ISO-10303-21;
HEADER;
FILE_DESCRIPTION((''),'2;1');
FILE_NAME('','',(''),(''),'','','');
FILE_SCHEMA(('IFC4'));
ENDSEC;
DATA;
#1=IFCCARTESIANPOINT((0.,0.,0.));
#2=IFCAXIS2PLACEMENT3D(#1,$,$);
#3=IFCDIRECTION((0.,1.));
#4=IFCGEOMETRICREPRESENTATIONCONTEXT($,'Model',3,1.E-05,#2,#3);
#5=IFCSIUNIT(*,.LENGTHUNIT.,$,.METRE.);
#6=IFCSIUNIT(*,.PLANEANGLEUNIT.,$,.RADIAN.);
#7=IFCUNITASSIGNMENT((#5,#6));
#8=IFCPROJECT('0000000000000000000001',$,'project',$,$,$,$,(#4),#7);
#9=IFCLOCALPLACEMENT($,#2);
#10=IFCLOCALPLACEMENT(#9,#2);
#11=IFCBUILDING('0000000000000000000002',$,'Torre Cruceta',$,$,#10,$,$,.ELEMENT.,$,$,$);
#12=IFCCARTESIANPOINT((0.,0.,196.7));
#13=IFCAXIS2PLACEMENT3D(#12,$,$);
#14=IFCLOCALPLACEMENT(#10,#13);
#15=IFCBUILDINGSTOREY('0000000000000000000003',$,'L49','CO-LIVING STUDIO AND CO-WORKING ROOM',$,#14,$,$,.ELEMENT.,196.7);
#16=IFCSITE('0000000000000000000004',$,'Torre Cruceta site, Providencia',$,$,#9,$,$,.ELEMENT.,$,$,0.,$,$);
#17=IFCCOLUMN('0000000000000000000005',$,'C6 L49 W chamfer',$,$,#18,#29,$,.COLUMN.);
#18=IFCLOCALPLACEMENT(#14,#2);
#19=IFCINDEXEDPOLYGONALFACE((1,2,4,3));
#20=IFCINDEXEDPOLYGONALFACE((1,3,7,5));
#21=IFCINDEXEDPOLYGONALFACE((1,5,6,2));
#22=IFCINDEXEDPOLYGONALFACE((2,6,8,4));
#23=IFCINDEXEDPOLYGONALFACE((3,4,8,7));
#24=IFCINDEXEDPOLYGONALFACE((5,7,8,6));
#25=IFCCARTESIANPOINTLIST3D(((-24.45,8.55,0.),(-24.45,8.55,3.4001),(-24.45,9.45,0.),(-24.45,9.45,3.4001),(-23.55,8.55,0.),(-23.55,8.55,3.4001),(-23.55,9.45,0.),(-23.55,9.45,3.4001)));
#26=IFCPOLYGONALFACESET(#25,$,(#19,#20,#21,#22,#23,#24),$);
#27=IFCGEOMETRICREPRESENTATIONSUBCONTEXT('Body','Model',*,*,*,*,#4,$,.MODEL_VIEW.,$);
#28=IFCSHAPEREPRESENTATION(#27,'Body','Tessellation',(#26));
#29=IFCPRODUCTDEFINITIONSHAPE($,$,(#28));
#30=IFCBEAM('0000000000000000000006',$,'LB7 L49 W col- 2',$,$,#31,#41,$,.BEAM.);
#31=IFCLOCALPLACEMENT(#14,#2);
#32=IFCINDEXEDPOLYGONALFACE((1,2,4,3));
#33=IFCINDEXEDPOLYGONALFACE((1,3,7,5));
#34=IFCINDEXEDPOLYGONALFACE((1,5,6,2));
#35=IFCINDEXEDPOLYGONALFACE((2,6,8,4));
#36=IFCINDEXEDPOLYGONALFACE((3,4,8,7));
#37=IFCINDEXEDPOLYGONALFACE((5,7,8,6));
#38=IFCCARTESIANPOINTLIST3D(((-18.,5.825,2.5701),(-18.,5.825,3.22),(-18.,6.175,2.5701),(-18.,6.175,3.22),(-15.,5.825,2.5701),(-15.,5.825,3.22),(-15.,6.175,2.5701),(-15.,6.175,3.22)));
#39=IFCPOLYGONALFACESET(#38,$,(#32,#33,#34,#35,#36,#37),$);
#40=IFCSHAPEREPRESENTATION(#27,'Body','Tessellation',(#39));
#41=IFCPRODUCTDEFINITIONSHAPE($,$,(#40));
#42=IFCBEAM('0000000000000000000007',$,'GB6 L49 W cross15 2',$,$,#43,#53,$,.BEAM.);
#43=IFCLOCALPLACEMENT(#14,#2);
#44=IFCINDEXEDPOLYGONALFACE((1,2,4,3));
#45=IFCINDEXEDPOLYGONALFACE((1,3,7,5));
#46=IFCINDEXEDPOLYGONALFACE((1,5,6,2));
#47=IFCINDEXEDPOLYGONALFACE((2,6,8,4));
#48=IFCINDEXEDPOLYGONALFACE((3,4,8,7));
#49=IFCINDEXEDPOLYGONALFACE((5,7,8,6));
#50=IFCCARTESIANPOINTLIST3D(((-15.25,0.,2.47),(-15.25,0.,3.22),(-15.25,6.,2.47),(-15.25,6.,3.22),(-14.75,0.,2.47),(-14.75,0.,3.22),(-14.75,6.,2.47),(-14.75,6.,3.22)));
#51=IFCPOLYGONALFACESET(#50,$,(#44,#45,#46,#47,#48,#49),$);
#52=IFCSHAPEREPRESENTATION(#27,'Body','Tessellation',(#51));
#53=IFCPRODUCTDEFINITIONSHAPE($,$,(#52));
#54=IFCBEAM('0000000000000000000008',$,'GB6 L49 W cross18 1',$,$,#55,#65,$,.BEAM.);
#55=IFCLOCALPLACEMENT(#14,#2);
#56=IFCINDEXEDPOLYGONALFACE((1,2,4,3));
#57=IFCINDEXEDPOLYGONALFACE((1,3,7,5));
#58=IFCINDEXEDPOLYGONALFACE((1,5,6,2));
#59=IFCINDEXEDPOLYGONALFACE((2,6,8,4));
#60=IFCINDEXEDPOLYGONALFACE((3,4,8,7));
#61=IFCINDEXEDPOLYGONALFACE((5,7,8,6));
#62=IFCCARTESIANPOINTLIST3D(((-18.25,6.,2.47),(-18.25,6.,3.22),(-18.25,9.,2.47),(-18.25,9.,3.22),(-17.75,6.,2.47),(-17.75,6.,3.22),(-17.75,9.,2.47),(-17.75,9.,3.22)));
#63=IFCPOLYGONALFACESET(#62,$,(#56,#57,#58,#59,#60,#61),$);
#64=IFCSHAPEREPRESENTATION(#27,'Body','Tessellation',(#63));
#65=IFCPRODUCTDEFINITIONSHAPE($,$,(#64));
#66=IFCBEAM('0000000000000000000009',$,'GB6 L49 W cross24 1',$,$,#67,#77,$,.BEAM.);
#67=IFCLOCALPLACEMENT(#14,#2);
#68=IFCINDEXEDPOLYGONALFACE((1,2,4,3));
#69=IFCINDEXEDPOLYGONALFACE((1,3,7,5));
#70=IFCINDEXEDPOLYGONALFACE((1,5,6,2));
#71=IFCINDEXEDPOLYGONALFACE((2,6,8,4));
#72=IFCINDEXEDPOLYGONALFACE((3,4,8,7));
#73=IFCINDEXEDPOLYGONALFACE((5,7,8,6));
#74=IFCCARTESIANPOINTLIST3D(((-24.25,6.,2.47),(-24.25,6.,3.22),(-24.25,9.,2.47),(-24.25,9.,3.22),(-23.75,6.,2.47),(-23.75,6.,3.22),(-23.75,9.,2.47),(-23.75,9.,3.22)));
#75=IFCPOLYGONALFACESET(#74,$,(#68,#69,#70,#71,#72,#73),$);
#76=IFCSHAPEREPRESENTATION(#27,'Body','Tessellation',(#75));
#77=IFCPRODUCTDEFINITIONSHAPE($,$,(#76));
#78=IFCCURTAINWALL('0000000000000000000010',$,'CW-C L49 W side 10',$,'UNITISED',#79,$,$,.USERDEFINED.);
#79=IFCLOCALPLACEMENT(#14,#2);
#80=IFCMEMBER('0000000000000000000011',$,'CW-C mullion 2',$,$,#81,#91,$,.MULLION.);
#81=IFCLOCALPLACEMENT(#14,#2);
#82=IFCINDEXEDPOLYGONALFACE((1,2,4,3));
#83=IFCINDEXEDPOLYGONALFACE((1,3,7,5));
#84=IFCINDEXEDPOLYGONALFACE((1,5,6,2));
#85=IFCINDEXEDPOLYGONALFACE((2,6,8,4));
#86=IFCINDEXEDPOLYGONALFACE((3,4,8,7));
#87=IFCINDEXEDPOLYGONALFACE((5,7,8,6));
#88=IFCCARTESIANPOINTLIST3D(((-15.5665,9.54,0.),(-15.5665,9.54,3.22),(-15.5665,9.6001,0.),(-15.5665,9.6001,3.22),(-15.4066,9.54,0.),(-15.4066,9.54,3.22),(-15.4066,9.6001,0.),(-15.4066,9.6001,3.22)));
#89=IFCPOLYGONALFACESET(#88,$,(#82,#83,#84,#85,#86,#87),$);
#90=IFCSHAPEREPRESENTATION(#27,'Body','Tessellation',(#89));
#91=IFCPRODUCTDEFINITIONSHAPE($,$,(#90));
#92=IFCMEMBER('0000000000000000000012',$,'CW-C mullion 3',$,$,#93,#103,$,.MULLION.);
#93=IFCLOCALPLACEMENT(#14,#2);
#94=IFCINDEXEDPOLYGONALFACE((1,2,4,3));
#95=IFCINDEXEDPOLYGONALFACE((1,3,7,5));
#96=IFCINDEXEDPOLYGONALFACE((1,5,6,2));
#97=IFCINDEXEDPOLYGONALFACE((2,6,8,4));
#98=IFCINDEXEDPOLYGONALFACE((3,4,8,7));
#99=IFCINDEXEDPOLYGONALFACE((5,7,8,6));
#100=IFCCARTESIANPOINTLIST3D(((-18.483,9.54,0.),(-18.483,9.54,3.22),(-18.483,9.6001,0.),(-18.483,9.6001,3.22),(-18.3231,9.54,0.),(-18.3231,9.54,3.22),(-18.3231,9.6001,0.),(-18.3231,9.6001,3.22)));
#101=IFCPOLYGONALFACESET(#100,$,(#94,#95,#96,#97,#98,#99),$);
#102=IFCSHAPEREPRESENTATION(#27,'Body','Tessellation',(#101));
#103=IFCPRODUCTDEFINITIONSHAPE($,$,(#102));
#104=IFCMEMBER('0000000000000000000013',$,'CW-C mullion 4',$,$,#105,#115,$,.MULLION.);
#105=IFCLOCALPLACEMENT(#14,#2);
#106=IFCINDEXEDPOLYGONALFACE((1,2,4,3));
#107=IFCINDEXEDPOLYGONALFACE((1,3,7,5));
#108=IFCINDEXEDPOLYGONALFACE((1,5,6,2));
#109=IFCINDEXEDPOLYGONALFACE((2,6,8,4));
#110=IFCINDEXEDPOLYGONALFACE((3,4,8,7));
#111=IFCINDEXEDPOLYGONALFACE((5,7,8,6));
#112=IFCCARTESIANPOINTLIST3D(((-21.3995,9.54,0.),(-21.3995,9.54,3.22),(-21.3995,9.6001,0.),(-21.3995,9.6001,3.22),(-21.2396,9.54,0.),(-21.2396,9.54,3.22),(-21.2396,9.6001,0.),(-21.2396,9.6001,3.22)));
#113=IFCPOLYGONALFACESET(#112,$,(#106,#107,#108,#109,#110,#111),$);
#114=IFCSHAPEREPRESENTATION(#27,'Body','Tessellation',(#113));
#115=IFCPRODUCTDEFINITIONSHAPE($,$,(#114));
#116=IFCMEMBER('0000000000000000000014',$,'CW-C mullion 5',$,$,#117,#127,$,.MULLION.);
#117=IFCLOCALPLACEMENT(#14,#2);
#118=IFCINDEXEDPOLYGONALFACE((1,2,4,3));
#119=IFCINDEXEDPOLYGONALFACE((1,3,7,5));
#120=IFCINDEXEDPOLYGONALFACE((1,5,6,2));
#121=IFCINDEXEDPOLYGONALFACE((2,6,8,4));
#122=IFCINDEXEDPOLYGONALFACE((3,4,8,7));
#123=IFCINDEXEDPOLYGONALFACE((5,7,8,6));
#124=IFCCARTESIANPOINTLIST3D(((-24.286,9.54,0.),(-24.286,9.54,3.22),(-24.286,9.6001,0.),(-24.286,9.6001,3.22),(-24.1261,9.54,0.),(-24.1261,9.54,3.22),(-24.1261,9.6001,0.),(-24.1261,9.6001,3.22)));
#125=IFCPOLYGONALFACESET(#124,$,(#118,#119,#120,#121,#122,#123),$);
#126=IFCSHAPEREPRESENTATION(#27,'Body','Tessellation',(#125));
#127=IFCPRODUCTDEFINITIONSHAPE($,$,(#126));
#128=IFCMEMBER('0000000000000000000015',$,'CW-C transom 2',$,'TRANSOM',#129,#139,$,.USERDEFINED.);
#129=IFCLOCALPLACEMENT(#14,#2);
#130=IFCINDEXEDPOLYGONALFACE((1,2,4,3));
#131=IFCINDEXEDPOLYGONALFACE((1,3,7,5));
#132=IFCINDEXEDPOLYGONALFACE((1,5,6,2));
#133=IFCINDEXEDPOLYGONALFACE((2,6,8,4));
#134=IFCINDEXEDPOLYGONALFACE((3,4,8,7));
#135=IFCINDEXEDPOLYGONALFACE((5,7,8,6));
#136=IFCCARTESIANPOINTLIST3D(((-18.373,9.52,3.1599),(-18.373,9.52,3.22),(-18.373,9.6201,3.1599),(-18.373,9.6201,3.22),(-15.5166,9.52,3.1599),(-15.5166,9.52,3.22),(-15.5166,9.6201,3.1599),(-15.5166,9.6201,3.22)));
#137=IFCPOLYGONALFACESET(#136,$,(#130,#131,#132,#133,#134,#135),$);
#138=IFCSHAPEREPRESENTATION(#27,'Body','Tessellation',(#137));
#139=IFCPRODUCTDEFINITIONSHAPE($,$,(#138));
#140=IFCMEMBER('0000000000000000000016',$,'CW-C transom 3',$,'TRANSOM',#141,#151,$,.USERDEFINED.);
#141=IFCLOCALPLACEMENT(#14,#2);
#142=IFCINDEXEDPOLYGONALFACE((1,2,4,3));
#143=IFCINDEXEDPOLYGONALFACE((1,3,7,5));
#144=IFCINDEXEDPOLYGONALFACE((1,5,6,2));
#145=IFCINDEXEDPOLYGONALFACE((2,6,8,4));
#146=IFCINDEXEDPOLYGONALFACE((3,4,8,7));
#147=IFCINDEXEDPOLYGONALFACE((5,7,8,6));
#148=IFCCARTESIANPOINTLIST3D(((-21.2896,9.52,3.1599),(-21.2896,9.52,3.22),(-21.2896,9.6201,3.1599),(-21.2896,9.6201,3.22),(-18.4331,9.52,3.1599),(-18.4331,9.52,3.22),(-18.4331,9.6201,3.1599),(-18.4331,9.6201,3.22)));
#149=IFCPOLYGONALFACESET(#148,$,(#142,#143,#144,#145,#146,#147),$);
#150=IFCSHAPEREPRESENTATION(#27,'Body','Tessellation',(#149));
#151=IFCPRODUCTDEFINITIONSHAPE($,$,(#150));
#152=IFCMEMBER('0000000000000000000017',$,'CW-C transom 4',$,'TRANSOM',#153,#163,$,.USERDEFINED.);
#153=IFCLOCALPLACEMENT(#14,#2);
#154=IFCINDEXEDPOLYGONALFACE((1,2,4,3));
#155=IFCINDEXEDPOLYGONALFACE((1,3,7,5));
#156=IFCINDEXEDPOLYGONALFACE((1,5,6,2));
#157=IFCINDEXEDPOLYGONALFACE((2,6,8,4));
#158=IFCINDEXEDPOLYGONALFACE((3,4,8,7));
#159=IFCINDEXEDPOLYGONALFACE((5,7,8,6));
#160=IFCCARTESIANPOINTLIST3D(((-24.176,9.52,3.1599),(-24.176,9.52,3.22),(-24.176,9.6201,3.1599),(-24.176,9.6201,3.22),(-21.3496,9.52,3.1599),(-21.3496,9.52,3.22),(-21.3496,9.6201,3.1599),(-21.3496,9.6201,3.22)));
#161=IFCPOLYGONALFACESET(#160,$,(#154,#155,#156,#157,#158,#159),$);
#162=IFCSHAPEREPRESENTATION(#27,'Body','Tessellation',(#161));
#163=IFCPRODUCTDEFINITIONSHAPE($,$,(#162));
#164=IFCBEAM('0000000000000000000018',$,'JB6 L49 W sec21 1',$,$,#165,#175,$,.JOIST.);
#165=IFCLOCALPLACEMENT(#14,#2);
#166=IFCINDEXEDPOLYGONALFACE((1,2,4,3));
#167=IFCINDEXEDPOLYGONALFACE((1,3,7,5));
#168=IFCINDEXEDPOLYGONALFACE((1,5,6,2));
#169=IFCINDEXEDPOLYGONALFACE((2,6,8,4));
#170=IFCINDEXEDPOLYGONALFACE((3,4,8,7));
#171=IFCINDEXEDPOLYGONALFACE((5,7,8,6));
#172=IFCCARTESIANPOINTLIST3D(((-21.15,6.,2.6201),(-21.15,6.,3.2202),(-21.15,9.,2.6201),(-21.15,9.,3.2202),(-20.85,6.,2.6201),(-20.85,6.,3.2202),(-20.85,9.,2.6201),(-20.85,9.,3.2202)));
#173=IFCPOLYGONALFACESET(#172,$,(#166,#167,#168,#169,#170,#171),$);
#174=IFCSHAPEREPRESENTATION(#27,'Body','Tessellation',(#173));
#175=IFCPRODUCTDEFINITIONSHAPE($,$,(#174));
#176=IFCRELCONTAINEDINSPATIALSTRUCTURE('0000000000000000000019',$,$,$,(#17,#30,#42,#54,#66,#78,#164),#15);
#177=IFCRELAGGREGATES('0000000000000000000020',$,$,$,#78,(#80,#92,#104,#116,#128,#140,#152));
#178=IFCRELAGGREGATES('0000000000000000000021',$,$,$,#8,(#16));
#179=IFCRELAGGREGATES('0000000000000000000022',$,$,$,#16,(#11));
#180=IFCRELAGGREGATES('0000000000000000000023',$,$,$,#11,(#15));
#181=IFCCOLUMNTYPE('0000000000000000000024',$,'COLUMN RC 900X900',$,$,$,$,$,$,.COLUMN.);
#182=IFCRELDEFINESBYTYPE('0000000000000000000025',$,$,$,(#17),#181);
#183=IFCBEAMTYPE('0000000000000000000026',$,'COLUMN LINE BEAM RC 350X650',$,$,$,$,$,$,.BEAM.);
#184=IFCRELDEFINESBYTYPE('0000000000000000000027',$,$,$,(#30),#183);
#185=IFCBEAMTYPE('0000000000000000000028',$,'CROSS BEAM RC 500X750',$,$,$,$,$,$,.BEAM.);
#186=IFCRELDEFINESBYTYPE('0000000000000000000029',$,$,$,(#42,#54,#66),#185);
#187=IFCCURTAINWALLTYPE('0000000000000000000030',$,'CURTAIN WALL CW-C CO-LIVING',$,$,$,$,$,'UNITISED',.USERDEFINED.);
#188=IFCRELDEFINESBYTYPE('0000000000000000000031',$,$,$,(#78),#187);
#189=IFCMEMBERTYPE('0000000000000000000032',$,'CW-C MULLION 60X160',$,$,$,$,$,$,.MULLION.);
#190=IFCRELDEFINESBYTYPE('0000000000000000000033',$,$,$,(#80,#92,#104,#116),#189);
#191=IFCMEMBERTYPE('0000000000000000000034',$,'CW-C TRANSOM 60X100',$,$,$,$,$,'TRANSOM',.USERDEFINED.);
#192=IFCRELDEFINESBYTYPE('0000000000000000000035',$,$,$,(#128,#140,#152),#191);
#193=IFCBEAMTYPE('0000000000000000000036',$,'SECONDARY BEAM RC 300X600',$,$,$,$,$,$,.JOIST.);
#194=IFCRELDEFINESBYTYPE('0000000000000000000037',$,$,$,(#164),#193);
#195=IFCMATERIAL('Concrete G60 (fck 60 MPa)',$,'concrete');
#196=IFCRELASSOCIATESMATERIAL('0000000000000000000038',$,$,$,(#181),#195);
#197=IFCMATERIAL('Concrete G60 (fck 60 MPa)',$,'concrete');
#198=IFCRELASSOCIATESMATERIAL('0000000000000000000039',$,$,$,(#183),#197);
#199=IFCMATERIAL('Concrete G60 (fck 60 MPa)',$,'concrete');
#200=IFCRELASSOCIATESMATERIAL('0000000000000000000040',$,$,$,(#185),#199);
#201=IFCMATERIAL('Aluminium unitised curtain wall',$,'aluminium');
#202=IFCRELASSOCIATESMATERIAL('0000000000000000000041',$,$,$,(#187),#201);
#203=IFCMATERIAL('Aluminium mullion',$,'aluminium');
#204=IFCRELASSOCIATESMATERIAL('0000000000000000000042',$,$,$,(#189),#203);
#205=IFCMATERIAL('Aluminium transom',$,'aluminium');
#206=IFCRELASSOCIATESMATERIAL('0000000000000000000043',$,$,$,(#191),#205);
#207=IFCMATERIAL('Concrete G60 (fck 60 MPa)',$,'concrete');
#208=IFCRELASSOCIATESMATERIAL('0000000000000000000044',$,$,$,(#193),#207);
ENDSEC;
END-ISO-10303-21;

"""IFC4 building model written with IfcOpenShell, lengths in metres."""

from ifc_helpers import new_model, si_unit, direction, frame, origin, origin_2d, place, context, subcontext, project, spatial, rectangle, extrude, material, material_profile, profile_set, type_object, element, aggregate, save


model = new_model("IFC4")

# Units and contexts
model_context = context("Model", 3, precision=1e-05, world=origin(), true_north=direction((0.0, 1.0)))
body_context = subcontext(model_context, "Body", "Model", "MODEL_VIEW")
ifc_project = project(units=[si_unit("LENGTHUNIT", "METRE"), si_unit("PLANEANGLEUNIT", "RADIAN")], contexts=[model_context])

# Site, building, storey
site_placement = place(None, origin())
site = spatial("IfcSite", under=ifc_project, at=site_placement, Name="Torre Cruceta site, Providencia", CompositionType="ELEMENT", RefElevation=0.0)
building_placement = place(site_placement, origin())
building = spatial("IfcBuilding", under=site, at=building_placement, Name="Torre Cruceta", CompositionType="ELEMENT")
storey_placement = place(building_placement, frame((0.0, 0.0, 196.7)))
storey = spatial("IfcBuildingStorey", under=building, at=storey_placement, Name="L49", Description="CO-LIVING STUDIO AND CO-WORKING ROOM", CompositionType="ELEMENT", Elevation=196.7)

# Column
ifc_material_1 = material(Name="Concrete G60 (fck 60 MPa)", Category="concrete")
ifc_material_profile_1 = material_profile(ifc_material_1, rectangle(XDim=0.8999, YDim=0.8999, at=origin_2d()), Name="RC 900X900")
ifc_profile_set_1 = profile_set([ifc_material_profile_1], Name="Concrete G60 (fck 60 MPa)")
column_type = type_object("IfcColumnType", Name="COLUMN RC 900X900", PredefinedType="COLUMN", material=ifc_profile_set_1)
column_placement = place(storey_placement, frame((-24.0, 9.0, 0.0), z_axis=(0.0, 0.0, 1.0), x_axis=(1.0, 0.0, 0.0)))
element("IfcColumn", 1, at=column_placement, inside=storey, type_object=column_type, Name="C6 L49 W chamfer", PredefinedType="COLUMN", context=body_context, shape_type="SweptSolid", body=[
    extrude(rectangle(XDim=0.8999, YDim=0.8999, at=origin_2d()), origin(), (0.0, 0.0, 1.0), 3.4001),
])

# Beams
ifc_material_2 = material(Name="Concrete G60 (fck 60 MPa)", Category="concrete")
ifc_material_profile_2 = material_profile(ifc_material_2, rectangle(XDim=0.3501, YDim=0.6499, at=origin_2d()), Name="RC 350X650")
ifc_profile_set_2 = profile_set([ifc_material_profile_2], Name="Concrete G60 (fck 60 MPa)")
beam_type_1 = type_object("IfcBeamType", Name="COLUMN LINE BEAM RC 350X650", PredefinedType="BEAM", material=ifc_profile_set_2)
beam_1_placement = place(storey_placement, frame((-15.0, 6.0, 2.895), z_axis=(-1.0, 0.0, 0.0), x_axis=(0.0, -1.0, 0.0)))
element("IfcBeam", 2, at=beam_1_placement, inside=storey, type_object=beam_type_1, Name="LB7 L49 W col- 2", PredefinedType="BEAM", context=body_context, shape_type="SweptSolid", body=[
    extrude(rectangle(XDim=0.3501, YDim=0.6499, at=origin_2d()), origin(), (0.0, 0.0, 1.0), 3.0),
])
ifc_material_3 = material(Name="Concrete G60 (fck 60 MPa)", Category="concrete")
ifc_material_profile_3 = material_profile(ifc_material_3, rectangle(XDim=0.5, YDim=0.75, at=origin_2d()), Name="RC 500X750")
ifc_profile_set_3 = profile_set([ifc_material_profile_3], Name="Concrete G60 (fck 60 MPa)")
beam_type_2 = type_object("IfcBeamType", Name="CROSS BEAM RC 500X750", PredefinedType="BEAM", material=ifc_profile_set_3)
beam_2_placement = place(storey_placement, frame((-15.0, 6.0, 2.845), z_axis=(0.0, -1.0, 0.0), x_axis=(1.0, 0.0, 0.0)))
element("IfcBeam", 3, at=beam_2_placement, inside=storey, type_object=beam_type_2, Name="GB6 L49 W cross15 2", PredefinedType="BEAM", context=body_context, shape_type="SweptSolid", body=[
    extrude(rectangle(XDim=0.5, YDim=0.75, at=origin_2d()), origin(), (0.0, 0.0, 1.0), 6.0),
])
for number, where, z_axis, x_axis, name in (
    (4, (-18.0, 9.0, 2.845), (0.0, -1.0, 0.0), (1.0, 0.0, 0.0), "GB6 L49 W cross18 1"),
    (5, (-24.0, 9.0, 2.845), (0.0, -1.0, 0.0), (1.0, 0.0, 0.0), "GB6 L49 W cross24 1"),
):
    element("IfcBeam", number, at=place(storey_placement, frame(where, z_axis=z_axis, x_axis=x_axis)), inside=storey, type_object=beam_type_2, Name=name, PredefinedType="BEAM", context=body_context, shape_type="SweptSolid", body=[
        extrude(rectangle(XDim=0.5, YDim=0.75, at=origin_2d()), origin(), (0.0, 0.0, 1.0), 3.0),
    ])

# Curtain wall, members
ifc_material_4 = material(Name="Aluminium unitised curtain wall", Category="aluminium")
curtain_wall_type = type_object("IfcCurtainWallType", Name="CURTAIN WALL CW-C CO-LIVING", ElementType="UNITISED", PredefinedType="USERDEFINED", material=ifc_material_4)
curtain_wall_placement = place(storey_placement, origin())
curtain_wall = element("IfcCurtainWall", 6, at=curtain_wall_placement, inside=storey, type_object=curtain_wall_type, Name="CW-C L49 W side 10", ObjectType="UNITISED", PredefinedType="USERDEFINED")
ifc_material_5 = material(Name="Aluminium mullion", Category="aluminium")
ifc_material_profile_4 = material_profile(ifc_material_5, rectangle(XDim=0.0601, YDim=0.1599, at=origin_2d()), Name="AL 60X160")
ifc_profile_set_4 = profile_set([ifc_material_profile_4], Name="Aluminium mullion")
member_type_1 = type_object("IfcMemberType", Name="CW-C MULLION 60X160", PredefinedType="MULLION", material=ifc_profile_set_4)
member_1_placement = place(storey_placement, frame((-15.4866, 9.5701, 0.0), z_axis=(0.0, 0.0, 1.0), x_axis=(0.0, -1.0, 0.0)))
member_1 = element("IfcMember", 7, at=member_1_placement, type_object=member_type_1, Name="CW-C mullion 2", PredefinedType="MULLION", context=body_context, shape_type="SweptSolid", body=[
    extrude(rectangle(XDim=0.0601, YDim=0.1599, at=origin_2d()), origin(), (0.0, 0.0, 1.0), 3.22),
])
member_2_placement = place(storey_placement, frame((-18.4031, 9.5701, 0.0), z_axis=(0.0, 0.0, 1.0), x_axis=(0.0, -1.0, 0.0)))
member_2 = element("IfcMember", 8, at=member_2_placement, type_object=member_type_1, Name="CW-C mullion 3", PredefinedType="MULLION", context=body_context, shape_type="SweptSolid", body=[
    extrude(rectangle(XDim=0.0601, YDim=0.1599, at=origin_2d()), origin(), (0.0, 0.0, 1.0), 3.22),
])
member_3_placement = place(storey_placement, frame((-21.3196, 9.5701, 0.0), z_axis=(0.0, 0.0, 1.0), x_axis=(0.0, -1.0, 0.0)))
member_3 = element("IfcMember", 9, at=member_3_placement, type_object=member_type_1, Name="CW-C mullion 4", PredefinedType="MULLION", context=body_context, shape_type="SweptSolid", body=[
    extrude(rectangle(XDim=0.0601, YDim=0.1599, at=origin_2d()), origin(), (0.0, 0.0, 1.0), 3.22),
])
member_4_placement = place(storey_placement, frame((-24.2061, 9.5701, 0.0), z_axis=(0.0, 0.0, 1.0), x_axis=(0.0, -1.0, 0.0)))
member_4 = element("IfcMember", 10, at=member_4_placement, type_object=member_type_1, Name="CW-C mullion 5", PredefinedType="MULLION", context=body_context, shape_type="SweptSolid", body=[
    extrude(rectangle(XDim=0.0601, YDim=0.1599, at=origin_2d()), origin(), (0.0, 0.0, 1.0), 3.22),
])
ifc_material_6 = material(Name="Aluminium transom", Category="aluminium")
ifc_material_profile_5 = material_profile(ifc_material_6, rectangle(XDim=0.1001, YDim=0.0601, at=origin_2d()), Name="AL 100X60")
ifc_profile_set_5 = profile_set([ifc_material_profile_5], Name="Aluminium transom")
member_type_2 = type_object("IfcMemberType", Name="CW-C TRANSOM 60X100", ElementType="TRANSOM", PredefinedType="USERDEFINED", material=ifc_profile_set_5)
member_5_placement = place(storey_placement, frame((-15.5166, 9.5701, 3.1899), z_axis=(-1.0, 0.0, 0.0), x_axis=(0.0, -1.0, 0.0)))
member_5 = element("IfcMember", 11, at=member_5_placement, type_object=member_type_2, Name="CW-C transom 2", ObjectType="TRANSOM", PredefinedType="USERDEFINED", context=body_context, shape_type="SweptSolid", body=[
    extrude(rectangle(XDim=0.1001, YDim=0.0601, at=origin_2d()), origin(), (0.0, 0.0, 1.0), 2.8564),
])
member_6_placement = place(storey_placement, frame((-18.4331, 9.5701, 3.1899), z_axis=(-1.0, 0.0, 0.0), x_axis=(0.0, -1.0, 0.0)))
member_6 = element("IfcMember", 12, at=member_6_placement, type_object=member_type_2, Name="CW-C transom 3", ObjectType="TRANSOM", PredefinedType="USERDEFINED", context=body_context, shape_type="SweptSolid", body=[
    extrude(rectangle(XDim=0.1001, YDim=0.0601, at=origin_2d()), origin(), (0.0, 0.0, 1.0), 2.8564),
])
member_7_placement = place(storey_placement, frame((-21.3496, 9.5701, 3.1899), z_axis=(-1.0, 0.0, 0.0), x_axis=(0.0, -1.0, 0.0)))
member_7 = element("IfcMember", 13, at=member_7_placement, type_object=member_type_2, Name="CW-C transom 4", ObjectType="TRANSOM", PredefinedType="USERDEFINED", context=body_context, shape_type="SweptSolid", body=[
    extrude(rectangle(XDim=0.1001, YDim=0.0601, at=origin_2d()), origin(), (0.0, 0.0, 1.0), 2.8264),
])

# Beam
ifc_material_7 = material(Name="Concrete G60 (fck 60 MPa)", Category="concrete")
ifc_material_profile_6 = material_profile(ifc_material_7, rectangle(XDim=0.3, YDim=0.6001, at=origin_2d()), Name="RC 300X600")
ifc_profile_set_6 = profile_set([ifc_material_profile_6], Name="Concrete G60 (fck 60 MPa)")
beam_type_3 = type_object("IfcBeamType", Name="SECONDARY BEAM RC 300X600", PredefinedType="JOIST", material=ifc_profile_set_6)
beam_3_placement = place(storey_placement, frame((-21.0, 9.0, 2.9202), z_axis=(0.0, -1.0, 0.0), x_axis=(1.0, 0.0, 0.0)))
element("IfcBeam", 14, at=beam_3_placement, inside=storey, type_object=beam_type_3, Name="JB6 L49 W sec21 1", PredefinedType="JOIST", context=body_context, shape_type="SweptSolid", body=[
    extrude(rectangle(XDim=0.3, YDim=0.6001, at=origin_2d()), origin(), (0.0, 0.0, 1.0), 3.0),
])

aggregate(curtain_wall, [member_1, member_2, member_3, member_4, member_5, member_6, member_7])

save(model, "model.ifc")
